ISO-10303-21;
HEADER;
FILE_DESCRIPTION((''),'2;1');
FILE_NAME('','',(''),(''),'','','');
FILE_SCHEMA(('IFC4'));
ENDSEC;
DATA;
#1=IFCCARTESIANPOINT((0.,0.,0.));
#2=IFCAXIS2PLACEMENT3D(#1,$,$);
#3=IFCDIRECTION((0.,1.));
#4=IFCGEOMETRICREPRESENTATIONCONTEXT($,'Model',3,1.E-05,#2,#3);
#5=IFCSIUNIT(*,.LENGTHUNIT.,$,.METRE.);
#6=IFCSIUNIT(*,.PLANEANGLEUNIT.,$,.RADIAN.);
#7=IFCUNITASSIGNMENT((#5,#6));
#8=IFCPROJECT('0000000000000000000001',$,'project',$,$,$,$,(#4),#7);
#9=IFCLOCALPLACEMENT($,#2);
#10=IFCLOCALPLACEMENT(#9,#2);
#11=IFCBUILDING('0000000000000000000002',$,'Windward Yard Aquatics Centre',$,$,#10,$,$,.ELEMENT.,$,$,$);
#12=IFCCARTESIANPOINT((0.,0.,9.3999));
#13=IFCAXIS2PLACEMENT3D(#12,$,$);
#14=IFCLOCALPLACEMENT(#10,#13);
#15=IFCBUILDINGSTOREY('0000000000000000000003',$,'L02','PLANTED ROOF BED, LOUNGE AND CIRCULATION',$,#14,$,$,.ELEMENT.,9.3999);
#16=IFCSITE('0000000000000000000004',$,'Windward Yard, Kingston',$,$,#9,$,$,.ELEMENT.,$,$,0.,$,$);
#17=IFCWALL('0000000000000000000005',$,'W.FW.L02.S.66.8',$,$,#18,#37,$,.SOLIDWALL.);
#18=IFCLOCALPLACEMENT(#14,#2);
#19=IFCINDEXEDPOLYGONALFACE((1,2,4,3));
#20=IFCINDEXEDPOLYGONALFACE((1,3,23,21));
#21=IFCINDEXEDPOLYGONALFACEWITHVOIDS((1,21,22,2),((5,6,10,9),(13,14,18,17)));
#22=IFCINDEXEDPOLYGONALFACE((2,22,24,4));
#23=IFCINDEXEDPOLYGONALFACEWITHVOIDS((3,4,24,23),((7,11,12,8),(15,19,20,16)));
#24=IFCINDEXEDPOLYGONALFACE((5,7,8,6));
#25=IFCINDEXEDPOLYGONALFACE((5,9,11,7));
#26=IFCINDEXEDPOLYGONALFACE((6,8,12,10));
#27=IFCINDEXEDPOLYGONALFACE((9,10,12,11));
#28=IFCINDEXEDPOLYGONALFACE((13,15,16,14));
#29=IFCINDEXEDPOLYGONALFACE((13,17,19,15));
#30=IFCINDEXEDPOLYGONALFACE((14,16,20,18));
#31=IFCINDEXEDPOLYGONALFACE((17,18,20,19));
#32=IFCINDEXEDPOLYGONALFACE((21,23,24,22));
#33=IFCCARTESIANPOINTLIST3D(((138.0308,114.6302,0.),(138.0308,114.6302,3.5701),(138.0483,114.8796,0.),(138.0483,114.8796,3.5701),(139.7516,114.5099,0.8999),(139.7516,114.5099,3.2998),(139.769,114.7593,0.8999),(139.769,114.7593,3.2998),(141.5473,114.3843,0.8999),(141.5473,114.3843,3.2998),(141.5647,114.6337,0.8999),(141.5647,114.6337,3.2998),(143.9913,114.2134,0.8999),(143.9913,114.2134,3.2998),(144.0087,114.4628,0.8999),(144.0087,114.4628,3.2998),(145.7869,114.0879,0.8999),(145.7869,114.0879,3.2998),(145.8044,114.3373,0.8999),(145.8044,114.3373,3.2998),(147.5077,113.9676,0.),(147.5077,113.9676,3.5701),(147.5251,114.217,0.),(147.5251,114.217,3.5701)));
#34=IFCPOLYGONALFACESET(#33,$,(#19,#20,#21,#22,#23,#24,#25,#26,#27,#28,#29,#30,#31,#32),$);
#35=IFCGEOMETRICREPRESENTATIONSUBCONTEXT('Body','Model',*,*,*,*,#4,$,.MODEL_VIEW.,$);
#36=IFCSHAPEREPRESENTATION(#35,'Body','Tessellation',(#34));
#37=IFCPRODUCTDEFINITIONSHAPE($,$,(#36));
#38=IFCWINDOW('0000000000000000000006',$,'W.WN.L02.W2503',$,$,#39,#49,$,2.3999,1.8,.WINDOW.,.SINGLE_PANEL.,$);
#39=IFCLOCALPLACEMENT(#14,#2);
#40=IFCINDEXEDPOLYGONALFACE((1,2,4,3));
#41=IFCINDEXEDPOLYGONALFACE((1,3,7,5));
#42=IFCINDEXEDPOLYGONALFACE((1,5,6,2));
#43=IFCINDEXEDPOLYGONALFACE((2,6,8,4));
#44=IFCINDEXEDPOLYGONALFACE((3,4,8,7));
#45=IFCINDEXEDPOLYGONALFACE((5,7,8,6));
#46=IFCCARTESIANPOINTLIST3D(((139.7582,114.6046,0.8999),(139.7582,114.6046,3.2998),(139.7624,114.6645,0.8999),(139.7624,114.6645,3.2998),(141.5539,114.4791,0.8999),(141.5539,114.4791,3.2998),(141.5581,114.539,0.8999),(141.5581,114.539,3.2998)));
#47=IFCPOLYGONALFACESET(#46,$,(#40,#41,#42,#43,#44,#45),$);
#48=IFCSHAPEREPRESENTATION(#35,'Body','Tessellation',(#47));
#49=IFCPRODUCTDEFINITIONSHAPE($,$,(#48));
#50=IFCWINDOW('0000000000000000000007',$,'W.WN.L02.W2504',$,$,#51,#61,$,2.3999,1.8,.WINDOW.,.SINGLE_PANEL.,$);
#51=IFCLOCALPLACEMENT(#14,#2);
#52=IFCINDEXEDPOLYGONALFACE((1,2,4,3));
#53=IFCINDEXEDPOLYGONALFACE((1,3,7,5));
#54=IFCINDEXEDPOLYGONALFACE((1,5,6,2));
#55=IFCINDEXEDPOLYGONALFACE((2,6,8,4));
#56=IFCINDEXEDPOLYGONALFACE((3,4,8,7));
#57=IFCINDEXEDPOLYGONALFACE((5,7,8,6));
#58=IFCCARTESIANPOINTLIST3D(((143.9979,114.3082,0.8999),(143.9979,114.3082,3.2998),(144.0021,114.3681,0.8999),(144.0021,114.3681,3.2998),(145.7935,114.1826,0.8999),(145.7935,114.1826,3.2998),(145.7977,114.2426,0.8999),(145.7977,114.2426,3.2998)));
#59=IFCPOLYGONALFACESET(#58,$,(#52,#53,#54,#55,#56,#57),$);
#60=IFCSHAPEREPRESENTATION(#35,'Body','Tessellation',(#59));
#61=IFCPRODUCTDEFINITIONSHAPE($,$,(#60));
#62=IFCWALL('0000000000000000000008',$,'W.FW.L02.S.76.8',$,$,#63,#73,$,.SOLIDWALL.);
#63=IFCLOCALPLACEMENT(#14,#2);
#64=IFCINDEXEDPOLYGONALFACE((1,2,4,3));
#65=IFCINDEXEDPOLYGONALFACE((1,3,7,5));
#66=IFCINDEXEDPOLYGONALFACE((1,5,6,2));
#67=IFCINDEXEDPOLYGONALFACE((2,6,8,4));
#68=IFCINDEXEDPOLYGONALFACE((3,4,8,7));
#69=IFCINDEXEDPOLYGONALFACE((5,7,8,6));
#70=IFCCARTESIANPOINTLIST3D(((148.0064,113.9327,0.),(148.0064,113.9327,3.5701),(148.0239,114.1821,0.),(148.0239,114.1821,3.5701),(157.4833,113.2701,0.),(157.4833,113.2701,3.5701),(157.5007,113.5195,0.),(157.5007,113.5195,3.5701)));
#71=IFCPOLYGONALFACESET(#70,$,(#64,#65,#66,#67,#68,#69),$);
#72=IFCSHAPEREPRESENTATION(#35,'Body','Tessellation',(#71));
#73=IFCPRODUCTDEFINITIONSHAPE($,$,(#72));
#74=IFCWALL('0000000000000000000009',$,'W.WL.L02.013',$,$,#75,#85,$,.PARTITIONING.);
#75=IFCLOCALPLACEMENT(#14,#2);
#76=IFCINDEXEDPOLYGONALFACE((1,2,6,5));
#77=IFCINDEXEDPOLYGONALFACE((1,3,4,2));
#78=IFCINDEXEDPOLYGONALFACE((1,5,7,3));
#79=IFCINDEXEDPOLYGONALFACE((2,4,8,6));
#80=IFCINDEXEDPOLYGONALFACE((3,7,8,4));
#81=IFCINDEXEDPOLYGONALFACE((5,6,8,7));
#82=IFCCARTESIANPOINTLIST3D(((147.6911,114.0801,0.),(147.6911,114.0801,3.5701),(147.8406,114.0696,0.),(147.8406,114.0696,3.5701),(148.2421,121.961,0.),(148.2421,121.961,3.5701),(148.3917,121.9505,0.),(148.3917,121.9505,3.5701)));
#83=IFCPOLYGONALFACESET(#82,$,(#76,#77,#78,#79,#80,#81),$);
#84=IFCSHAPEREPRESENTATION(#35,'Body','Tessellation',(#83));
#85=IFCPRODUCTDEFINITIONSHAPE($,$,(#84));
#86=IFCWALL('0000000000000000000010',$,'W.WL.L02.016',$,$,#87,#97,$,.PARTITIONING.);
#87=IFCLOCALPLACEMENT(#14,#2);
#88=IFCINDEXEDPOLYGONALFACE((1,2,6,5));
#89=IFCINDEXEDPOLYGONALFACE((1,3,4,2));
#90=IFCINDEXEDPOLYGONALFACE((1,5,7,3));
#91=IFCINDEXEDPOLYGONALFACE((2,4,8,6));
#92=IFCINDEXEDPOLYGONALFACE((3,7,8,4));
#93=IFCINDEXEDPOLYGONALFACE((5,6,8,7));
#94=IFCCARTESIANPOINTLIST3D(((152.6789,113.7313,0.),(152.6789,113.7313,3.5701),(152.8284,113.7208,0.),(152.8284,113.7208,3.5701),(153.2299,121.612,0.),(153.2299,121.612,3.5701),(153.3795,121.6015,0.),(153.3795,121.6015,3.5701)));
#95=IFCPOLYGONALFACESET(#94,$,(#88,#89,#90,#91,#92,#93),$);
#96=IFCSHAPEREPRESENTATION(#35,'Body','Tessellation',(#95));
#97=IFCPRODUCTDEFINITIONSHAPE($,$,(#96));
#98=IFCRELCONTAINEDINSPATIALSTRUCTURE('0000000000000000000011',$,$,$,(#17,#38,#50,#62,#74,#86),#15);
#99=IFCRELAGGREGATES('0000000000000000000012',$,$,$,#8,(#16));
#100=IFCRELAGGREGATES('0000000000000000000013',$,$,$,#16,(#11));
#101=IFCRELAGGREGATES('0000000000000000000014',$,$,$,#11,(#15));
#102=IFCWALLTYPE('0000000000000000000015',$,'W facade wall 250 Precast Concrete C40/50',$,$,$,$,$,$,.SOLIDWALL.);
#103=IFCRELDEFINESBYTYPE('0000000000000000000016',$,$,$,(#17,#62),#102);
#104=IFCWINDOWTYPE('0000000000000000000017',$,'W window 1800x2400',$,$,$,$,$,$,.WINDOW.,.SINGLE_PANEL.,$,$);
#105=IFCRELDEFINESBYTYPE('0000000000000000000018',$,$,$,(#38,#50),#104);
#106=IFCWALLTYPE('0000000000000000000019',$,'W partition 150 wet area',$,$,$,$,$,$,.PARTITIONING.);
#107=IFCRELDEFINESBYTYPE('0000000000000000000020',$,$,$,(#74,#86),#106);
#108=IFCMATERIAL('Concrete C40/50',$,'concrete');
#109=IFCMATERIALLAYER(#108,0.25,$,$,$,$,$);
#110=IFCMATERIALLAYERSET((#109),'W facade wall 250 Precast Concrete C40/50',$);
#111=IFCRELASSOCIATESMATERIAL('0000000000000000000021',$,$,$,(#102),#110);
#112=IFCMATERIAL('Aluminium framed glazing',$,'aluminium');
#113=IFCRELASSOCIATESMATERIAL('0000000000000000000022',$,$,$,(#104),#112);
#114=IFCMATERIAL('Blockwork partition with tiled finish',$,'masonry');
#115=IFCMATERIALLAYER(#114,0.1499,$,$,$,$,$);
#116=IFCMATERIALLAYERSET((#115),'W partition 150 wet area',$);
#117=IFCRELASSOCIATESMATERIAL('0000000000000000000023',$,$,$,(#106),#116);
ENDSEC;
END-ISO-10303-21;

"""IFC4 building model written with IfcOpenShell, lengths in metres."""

from ifc_helpers import new_model, si_unit, direction, frame, frame_2d, origin, place, context, subcontext, project, spatial, rectangle, extrude, material, layer, layer_set, type_object, element, fill, save


model = new_model("IFC4")

# Units and contexts
model_context = context("Model", 3, precision=1e-05, world=origin(), true_north=direction((0.0, 1.0)))
body_context = subcontext(model_context, "Body", "Model", "MODEL_VIEW")
ifc_project = project(units=[si_unit("LENGTHUNIT", "METRE"), si_unit("PLANEANGLEUNIT", "RADIAN")], contexts=[model_context])

# Site, building, storey
site_placement = place(None, origin())
site = spatial("IfcSite", under=ifc_project, at=site_placement, Name="Windward Yard, Kingston", CompositionType="ELEMENT", RefElevation=0.0)
building_placement = place(site_placement, origin())
building = spatial("IfcBuilding", under=site, at=building_placement, Name="Windward Yard Aquatics Centre", CompositionType="ELEMENT")
storey_placement = place(building_placement, frame((0.0, 0.0, 9.3999)))
storey = spatial("IfcBuildingStorey", under=building, at=storey_placement, Name="L02", Description="PLANTED ROOF BED, LOUNGE AND CIRCULATION", CompositionType="ELEMENT", Elevation=9.3999)

# Shared definitions
ifc_material_1 = material(Name="Concrete C40/50", Category="concrete")

# Wall, openings, windows
ifc_layer_1 = layer(ifc_material_1, 0.25)
ifc_layer_set_1 = layer_set([ifc_layer_1], Name="W facade wall 250 Precast Concrete C40/50")
wall_type_1 = type_object("IfcWallType", Name="W facade wall 250 Precast Concrete C40/50", PredefinedType="SOLIDWALL", material=ifc_layer_set_1)
wall_1_placement = place(storey_placement, frame((138.0396, 114.7549, 0.0), z_axis=(0.0, 0.0, 1.0), x_axis=(0.997565, -0.069748, 0.0)))
wall_1 = element("IfcWall", 1, at=wall_1_placement, inside=storey, type_object=wall_type_1, Name="W.FW.L02.S.66.8", PredefinedType="SOLIDWALL", context=body_context, shape_type="SweptSolid", body=[
    extrude(rectangle(XDim=9.5, YDim=0.25, at=frame_2d((4.75, 0.0))), origin(), (0.0, 0.0, 1.0), 3.5701),
])
opening_1_placement = place(wall_1_placement, frame((1.7251, 0.0, 0.8999)))
opening_1 = element("IfcOpeningElement", 2, at=opening_1_placement, cuts=wall_1, PredefinedType="OPENING", context=body_context, shape_type="SweptSolid", body=[
    extrude(rectangle(XDim=1.8, YDim=2.3999, at=frame_2d((0.8999, 1.2))), frame((0.0, 0.135, 0.0), z_axis=(0.0, -1.0, 0.0), x_axis=(1.0, 0.0, 0.0)), (0.0, 0.0, 1.0), 0.27),
])
opening_2_placement = place(wall_1_placement, frame((5.9751, 0.0, 0.8999)))
opening_2 = element("IfcOpeningElement", 3, at=opening_2_placement, cuts=wall_1, PredefinedType="OPENING", context=body_context, shape_type="SweptSolid", body=[
    extrude(rectangle(XDim=1.8, YDim=2.3999, at=frame_2d((0.8999, 1.2))), frame((0.0, 0.135, 0.0), z_axis=(0.0, -1.0, 0.0), x_axis=(1.0, 0.0, 0.0)), (0.0, 0.0, 1.0), 0.27),
])
ifc_material_2 = material(Name="Aluminium framed glazing", Category="aluminium")
window_type = type_object("IfcWindowType", Name="W window 1800x2400", PartitioningType="SINGLE_PANEL", PredefinedType="WINDOW", material=ifc_material_2)
window_1_placement = place(opening_1_placement, origin())
window_1 = element("IfcWindow", 4, at=window_1_placement, inside=storey, type_object=window_type, Name="W.WN.L02.W2503", OverallHeight=2.3999, OverallWidth=1.8, PartitioningType="SINGLE_PANEL", PredefinedType="WINDOW", context=body_context, shape_type="SweptSolid", body=[
    extrude(rectangle(XDim=1.8, YDim=2.3999, at=frame_2d((0.8999, 1.2))), frame((0.0, 0.03, 0.0), z_axis=(0.0, -1.0, 0.0), x_axis=(1.0, 0.0, 0.0)), (0.0, 0.0, 1.0), 0.0601),
])
fill(opening_1, window_1)
window_2_placement = place(opening_2_placement, origin())
window_2 = element("IfcWindow", 5, at=window_2_placement, inside=storey, type_object=window_type, Name="W.WN.L02.W2504", OverallHeight=2.3999, OverallWidth=1.8, PartitioningType="SINGLE_PANEL", PredefinedType="WINDOW", context=body_context, shape_type="SweptSolid", body=[
    extrude(rectangle(XDim=1.8, YDim=2.3999, at=frame_2d((0.8999, 1.2))), frame((0.0, 0.03, 0.0), z_axis=(0.0, -1.0, 0.0), x_axis=(1.0, 0.0, 0.0)), (0.0, 0.0, 1.0), 0.0601),
])
fill(opening_2, window_2)

# Walls
wall_2_placement = place(storey_placement, frame((148.0151, 114.0574, 0.0), z_axis=(0.0, 0.0, 1.0), x_axis=(0.997565, -0.069748, 0.0)))
element("IfcWall", 6, at=wall_2_placement, inside=storey, type_object=wall_type_1, Name="W.FW.L02.S.76.8", PredefinedType="SOLIDWALL", context=body_context, shape_type="SweptSolid", body=[
    extrude(rectangle(XDim=9.5, YDim=0.25, at=frame_2d((4.75, 0.0))), origin(), (0.0, 0.0, 1.0), 3.5701),
])
ifc_material_3 = material(Name="Blockwork partition with tiled finish", Category="masonry")
ifc_layer_2 = layer(ifc_material_3, 0.1499)
ifc_layer_set_2 = layer_set([ifc_layer_2], Name="W partition 150 wet area")
wall_type_2 = type_object("IfcWallType", Name="W partition 150 wet area", PredefinedType="PARTITIONING", material=ifc_layer_set_2)
wall_3_placement = place(storey_placement, frame((147.7659, 114.0747, 0.0), z_axis=(0.0, 0.0, 1.0), x_axis=(0.069749, 0.997565, 0.0)))
element("IfcWall", 7, at=wall_3_placement, inside=storey, type_object=wall_type_2, Name="W.WL.L02.013", PredefinedType="PARTITIONING", context=body_context, shape_type="SweptSolid", body=[
    extrude(rectangle(XDim=7.9001, YDim=0.1499, at=frame_2d((3.9502, 0.0))), origin(), (0.0, 0.0, 1.0), 3.5701),
])
wall_4_placement = place(storey_placement, frame((152.7537, 113.7261, 0.0), z_axis=(0.0, 0.0, 1.0), x_axis=(0.069751, 0.997564, 0.0)))
element("IfcWall", 8, at=wall_4_placement, inside=storey, type_object=wall_type_2, Name="W.WL.L02.016", PredefinedType="PARTITIONING", context=body_context, shape_type="SweptSolid", body=[
    extrude(rectangle(XDim=7.8999, YDim=0.1499, at=frame_2d((3.95, 0.0))), origin(), (0.0, 0.0, 1.0), 3.5701),
])

save(model, "model.ifc")
